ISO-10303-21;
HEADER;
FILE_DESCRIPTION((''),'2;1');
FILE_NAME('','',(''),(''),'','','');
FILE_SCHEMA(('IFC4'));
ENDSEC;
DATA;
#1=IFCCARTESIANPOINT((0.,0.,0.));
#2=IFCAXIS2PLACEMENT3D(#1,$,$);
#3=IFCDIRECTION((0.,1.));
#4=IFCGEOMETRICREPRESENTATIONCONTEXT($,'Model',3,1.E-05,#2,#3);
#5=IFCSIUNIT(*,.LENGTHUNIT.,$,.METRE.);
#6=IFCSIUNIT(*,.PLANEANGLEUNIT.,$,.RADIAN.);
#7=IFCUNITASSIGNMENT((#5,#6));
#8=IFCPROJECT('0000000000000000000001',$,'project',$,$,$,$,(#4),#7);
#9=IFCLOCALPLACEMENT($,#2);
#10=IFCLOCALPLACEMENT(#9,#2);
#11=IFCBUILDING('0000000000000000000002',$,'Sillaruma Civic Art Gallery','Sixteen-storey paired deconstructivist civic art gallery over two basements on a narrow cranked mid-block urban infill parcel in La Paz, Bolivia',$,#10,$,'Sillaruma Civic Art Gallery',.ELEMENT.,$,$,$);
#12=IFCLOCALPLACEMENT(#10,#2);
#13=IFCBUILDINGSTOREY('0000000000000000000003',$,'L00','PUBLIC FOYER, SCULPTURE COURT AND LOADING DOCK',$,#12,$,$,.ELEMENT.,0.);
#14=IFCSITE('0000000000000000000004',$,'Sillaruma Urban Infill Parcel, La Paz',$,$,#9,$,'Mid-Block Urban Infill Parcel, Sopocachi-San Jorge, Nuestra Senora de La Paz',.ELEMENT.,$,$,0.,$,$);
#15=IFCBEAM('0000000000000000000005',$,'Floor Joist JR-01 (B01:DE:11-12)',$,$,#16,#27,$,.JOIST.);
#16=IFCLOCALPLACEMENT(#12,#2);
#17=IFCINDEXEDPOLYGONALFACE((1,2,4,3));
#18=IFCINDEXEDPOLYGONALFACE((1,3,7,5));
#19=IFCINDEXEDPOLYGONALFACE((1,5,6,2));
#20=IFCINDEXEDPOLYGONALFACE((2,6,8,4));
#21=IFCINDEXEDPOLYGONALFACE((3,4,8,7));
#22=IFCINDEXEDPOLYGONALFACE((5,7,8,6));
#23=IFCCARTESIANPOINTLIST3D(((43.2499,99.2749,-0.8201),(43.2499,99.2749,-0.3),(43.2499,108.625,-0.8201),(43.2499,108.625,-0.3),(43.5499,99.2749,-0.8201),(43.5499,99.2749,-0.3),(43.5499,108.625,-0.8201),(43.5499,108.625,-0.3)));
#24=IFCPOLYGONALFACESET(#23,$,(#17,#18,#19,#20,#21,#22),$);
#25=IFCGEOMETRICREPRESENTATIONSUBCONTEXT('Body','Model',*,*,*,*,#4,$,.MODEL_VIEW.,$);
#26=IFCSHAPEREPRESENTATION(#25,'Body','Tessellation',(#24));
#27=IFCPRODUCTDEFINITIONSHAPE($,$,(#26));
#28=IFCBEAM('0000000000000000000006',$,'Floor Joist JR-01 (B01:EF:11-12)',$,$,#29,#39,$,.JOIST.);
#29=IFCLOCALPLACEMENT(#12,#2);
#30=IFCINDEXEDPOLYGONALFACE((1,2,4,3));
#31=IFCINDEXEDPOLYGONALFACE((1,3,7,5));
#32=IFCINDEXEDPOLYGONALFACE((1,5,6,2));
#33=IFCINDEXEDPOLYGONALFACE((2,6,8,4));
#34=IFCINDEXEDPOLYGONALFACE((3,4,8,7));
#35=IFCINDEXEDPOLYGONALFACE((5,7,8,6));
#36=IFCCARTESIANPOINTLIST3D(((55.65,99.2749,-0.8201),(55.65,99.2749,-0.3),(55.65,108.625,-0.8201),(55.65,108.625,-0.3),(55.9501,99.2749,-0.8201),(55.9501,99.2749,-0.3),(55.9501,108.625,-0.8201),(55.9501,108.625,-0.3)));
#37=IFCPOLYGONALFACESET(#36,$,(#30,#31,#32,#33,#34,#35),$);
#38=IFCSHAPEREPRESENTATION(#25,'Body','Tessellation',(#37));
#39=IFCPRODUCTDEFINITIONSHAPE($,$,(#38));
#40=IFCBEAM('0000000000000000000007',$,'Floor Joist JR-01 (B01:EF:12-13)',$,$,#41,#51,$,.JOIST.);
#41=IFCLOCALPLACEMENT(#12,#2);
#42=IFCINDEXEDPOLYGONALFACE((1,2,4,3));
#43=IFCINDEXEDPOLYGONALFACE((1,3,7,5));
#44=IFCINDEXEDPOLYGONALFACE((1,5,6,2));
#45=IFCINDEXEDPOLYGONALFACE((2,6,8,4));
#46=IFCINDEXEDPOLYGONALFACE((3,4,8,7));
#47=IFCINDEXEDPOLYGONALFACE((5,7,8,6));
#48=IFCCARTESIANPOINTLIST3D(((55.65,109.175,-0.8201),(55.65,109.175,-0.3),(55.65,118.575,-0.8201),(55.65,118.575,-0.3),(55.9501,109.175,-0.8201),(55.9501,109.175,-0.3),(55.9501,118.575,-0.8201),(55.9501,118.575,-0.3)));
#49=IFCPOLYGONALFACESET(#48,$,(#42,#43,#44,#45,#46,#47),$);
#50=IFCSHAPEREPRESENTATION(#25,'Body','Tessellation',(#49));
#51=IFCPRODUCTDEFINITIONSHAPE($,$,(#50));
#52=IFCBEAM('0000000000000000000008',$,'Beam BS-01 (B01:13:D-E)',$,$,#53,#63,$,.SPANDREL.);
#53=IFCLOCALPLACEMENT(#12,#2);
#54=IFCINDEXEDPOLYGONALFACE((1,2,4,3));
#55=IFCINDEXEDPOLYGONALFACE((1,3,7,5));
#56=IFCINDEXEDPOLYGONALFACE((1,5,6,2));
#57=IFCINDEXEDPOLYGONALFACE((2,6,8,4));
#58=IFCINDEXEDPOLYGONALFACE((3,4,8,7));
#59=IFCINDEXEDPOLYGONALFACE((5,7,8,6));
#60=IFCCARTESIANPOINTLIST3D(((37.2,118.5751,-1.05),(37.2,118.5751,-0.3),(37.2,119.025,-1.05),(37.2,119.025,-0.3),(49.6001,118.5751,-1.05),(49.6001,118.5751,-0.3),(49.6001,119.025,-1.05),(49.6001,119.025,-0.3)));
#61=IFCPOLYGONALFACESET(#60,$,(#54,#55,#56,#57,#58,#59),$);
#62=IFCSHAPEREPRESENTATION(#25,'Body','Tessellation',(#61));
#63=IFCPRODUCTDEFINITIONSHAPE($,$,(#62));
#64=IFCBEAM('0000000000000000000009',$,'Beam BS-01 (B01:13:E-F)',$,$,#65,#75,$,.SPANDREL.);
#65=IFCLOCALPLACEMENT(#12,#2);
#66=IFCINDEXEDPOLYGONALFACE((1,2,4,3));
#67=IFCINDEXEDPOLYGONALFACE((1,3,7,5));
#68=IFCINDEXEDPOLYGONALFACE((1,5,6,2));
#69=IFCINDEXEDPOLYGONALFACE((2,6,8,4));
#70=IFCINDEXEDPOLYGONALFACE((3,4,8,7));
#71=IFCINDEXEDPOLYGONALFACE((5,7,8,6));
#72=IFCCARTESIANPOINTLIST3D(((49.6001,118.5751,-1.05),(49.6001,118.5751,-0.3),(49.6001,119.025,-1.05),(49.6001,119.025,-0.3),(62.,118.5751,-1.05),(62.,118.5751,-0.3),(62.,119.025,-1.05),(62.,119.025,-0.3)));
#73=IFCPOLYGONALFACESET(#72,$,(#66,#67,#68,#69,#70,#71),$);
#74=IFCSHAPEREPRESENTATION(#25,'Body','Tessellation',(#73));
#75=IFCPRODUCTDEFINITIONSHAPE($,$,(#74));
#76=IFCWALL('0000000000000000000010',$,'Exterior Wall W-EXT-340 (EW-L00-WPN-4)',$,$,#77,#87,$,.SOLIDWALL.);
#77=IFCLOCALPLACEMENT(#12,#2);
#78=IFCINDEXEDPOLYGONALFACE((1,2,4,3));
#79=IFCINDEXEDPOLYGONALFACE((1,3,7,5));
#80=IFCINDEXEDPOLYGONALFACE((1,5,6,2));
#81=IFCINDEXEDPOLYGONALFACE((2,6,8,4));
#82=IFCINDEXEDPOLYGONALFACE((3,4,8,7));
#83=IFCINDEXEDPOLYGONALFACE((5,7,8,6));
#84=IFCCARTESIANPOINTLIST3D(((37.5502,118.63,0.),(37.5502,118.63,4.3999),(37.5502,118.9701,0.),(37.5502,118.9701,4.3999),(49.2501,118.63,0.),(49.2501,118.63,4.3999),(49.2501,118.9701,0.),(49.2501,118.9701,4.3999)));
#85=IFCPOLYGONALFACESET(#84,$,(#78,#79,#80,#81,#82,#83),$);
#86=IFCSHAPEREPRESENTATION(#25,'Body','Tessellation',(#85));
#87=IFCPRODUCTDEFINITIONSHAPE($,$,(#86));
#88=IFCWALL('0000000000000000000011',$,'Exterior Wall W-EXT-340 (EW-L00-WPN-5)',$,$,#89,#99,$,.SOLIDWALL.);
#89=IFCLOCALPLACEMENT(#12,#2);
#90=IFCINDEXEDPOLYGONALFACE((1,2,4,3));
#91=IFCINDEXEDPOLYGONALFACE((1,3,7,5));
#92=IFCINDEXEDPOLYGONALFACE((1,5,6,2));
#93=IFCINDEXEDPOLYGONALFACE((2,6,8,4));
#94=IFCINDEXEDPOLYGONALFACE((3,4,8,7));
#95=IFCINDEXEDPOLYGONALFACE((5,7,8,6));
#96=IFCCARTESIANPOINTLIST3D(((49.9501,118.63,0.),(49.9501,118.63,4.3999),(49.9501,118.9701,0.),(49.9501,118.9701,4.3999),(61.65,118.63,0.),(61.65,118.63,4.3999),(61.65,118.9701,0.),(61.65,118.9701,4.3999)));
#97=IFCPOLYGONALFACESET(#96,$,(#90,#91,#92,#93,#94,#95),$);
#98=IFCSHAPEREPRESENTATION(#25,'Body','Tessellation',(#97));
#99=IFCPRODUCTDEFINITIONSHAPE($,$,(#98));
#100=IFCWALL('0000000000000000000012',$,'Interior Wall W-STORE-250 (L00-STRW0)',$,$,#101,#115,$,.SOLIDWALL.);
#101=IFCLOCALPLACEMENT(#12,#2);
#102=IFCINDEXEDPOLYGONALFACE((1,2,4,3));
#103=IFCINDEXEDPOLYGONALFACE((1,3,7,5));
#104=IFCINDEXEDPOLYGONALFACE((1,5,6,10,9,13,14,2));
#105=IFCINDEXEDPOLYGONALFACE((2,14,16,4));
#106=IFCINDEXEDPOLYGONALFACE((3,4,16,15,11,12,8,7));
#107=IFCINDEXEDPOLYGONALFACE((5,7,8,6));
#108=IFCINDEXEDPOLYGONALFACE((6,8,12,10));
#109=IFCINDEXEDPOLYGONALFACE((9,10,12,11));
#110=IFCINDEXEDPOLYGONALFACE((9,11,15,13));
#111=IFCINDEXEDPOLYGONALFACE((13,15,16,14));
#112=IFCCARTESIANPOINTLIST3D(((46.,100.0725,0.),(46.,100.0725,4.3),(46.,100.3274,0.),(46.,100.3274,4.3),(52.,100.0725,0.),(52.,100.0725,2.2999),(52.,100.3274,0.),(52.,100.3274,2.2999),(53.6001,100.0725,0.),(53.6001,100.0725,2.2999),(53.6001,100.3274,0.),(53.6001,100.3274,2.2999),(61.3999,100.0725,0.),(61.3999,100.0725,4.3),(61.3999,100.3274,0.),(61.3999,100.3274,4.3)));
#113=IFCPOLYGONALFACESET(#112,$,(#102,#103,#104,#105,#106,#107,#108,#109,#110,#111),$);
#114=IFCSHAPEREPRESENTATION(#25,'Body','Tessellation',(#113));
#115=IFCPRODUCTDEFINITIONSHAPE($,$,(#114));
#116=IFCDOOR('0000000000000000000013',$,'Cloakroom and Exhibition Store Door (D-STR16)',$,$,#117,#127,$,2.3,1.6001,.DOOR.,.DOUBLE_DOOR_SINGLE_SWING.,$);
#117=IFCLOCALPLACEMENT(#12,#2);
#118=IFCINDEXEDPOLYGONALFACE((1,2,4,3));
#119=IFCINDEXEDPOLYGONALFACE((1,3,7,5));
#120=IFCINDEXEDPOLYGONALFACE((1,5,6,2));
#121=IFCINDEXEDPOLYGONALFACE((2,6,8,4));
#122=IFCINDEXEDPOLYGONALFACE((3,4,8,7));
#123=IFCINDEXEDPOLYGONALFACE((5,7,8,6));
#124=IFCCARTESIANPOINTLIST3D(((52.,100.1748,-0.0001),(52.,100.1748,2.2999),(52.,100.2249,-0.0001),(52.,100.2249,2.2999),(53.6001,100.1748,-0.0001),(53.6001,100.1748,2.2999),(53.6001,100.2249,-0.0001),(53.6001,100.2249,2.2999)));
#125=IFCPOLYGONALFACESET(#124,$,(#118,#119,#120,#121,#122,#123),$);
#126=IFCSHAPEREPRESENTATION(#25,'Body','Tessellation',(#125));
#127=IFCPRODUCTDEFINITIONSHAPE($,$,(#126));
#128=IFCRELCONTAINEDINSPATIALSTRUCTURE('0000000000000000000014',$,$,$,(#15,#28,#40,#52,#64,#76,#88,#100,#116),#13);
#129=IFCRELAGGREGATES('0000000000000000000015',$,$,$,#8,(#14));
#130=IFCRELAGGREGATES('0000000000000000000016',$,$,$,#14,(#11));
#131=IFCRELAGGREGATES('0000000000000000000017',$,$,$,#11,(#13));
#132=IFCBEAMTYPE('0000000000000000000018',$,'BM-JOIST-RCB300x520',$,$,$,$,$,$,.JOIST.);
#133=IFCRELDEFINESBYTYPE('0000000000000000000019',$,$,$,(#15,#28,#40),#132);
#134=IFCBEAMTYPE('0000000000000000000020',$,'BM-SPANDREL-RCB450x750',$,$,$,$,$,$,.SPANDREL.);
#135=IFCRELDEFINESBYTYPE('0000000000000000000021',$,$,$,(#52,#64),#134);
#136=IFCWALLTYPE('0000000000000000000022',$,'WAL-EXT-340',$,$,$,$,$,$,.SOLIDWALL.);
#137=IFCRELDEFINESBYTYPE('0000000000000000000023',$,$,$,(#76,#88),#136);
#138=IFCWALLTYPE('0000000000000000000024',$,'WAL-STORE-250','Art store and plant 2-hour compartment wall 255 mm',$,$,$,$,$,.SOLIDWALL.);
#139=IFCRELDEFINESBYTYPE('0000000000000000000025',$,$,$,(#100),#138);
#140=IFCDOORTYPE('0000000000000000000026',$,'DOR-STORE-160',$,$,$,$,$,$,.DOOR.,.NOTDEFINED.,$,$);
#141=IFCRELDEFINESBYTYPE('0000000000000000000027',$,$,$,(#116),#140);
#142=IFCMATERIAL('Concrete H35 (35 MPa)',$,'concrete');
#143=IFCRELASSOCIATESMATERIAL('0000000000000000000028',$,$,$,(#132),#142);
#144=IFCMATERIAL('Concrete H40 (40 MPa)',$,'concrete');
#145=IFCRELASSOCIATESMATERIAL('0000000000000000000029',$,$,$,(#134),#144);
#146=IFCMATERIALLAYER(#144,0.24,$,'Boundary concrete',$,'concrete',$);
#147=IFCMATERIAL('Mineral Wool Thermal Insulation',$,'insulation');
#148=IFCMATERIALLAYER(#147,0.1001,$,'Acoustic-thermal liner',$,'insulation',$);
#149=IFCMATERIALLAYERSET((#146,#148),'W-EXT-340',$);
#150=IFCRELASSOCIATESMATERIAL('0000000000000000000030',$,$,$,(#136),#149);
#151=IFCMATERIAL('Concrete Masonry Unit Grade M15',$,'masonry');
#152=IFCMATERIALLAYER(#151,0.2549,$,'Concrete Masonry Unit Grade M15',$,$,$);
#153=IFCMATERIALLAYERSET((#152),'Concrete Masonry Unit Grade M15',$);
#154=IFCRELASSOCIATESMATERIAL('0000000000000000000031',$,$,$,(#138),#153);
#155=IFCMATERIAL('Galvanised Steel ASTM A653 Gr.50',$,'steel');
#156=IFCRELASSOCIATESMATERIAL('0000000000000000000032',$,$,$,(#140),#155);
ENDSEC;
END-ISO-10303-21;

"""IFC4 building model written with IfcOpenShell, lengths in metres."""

from ifc_helpers import new_model, si_unit, direction, frame, frame_2d, origin, origin_2d, place, context, subcontext, project, spatial, rectangle, extrude, material, layer, layer_set, material_profile, profile_set, type_object, element, fill, save


model = new_model("IFC4")

# Units and contexts
model_context = context("Model", 3, precision=1e-05, world=origin(), true_north=direction((0.0, 1.0)))
body_context = subcontext(model_context, "Body", "Model", "MODEL_VIEW")
ifc_project = project(units=[si_unit("LENGTHUNIT", "METRE"), si_unit("PLANEANGLEUNIT", "RADIAN")], contexts=[model_context])

# Site, building, storey
site_placement = place(None, origin())
site = spatial("IfcSite", under=ifc_project, at=site_placement, Name="Sillaruma Urban Infill Parcel, La Paz", LongName="Mid-Block Urban Infill Parcel, Sopocachi-San Jorge, Nuestra Senora de La Paz", CompositionType="ELEMENT", RefElevation=0.0)
building_placement = place(site_placement, origin())
building = spatial("IfcBuilding", under=site, at=building_placement, Name="Sillaruma Civic Art Gallery", Description="Sixteen-storey paired deconstructivist civic art gallery over two basements on a narrow cranked mid-block urban infill parcel in La Paz, Bolivia", LongName="Sillaruma Civic Art Gallery", CompositionType="ELEMENT")
storey_placement = place(building_placement, origin())
storey = spatial("IfcBuildingStorey", under=building, at=storey_placement, Name="L00", Description="PUBLIC FOYER, SCULPTURE COURT AND LOADING DOCK", CompositionType="ELEMENT", Elevation=0.0)

# Shared definitions
ifc_material_1 = material(Name="Concrete H40 (40 MPa)", Category="concrete")

# Beams
ifc_material_2 = material(Name="Concrete H35 (35 MPa)", Category="concrete")
ifc_material_profile_1 = material_profile(ifc_material_2, rectangle(XDim=0.3, YDim=0.52, at=origin_2d()), Name="RCB300x520")
ifc_profile_set_1 = profile_set([ifc_material_profile_1], Name="Concrete H35 (35 MPa)")
beam_type_1 = type_object("IfcBeamType", Name="BM-JOIST-RCB300x520", PredefinedType="JOIST", material=ifc_profile_set_1)
for number, where, z_axis, x_axis, name in (
    (1, (43.3999, 99.2749, -0.5601), (0.0, 1.0, 0.0), (-1.0, 0.0, 0.0), "Floor Joist JR-01 (B01:DE:11-12)"),
    (2, (55.8, 99.2749, -0.5601), (0.0, 1.0, 0.0), (-1.0, 0.0, 0.0), "Floor Joist JR-01 (B01:EF:11-12)"),
):
    element("IfcBeam", number, at=place(storey_placement, frame(where, z_axis=z_axis, x_axis=x_axis)), inside=storey, type_object=beam_type_1, Name=name, PredefinedType="JOIST", context=body_context, shape_type="SweptSolid", body=[
        extrude(rectangle(XDim=0.3, YDim=0.52, at=origin_2d()), origin(), (0.0, 0.0, 1.0), 9.3501),
    ])
beam_1_placement = place(storey_placement, frame((55.8, 109.175, -0.5601), z_axis=(0.0, 1.0, 0.0), x_axis=(-1.0, 0.0, 0.0)))
element("IfcBeam", 3, at=beam_1_placement, inside=storey, type_object=beam_type_1, Name="Floor Joist JR-01 (B01:EF:12-13)", PredefinedType="JOIST", context=body_context, shape_type="SweptSolid", body=[
    extrude(rectangle(XDim=0.3, YDim=0.52, at=origin_2d()), origin(), (0.0, 0.0, 1.0), 9.3999),
])
ifc_material_profile_2 = material_profile(ifc_material_1, rectangle(XDim=0.45, YDim=0.75, at=origin_2d()), Name="RCB450x750")
ifc_profile_set_2 = profile_set([ifc_material_profile_2], Name="Concrete H40 (40 MPa)")
beam_type_2 = type_object("IfcBeamType", Name="BM-SPANDREL-RCB450x750", PredefinedType="SPANDREL", material=ifc_profile_set_2)
beam_2_placement = place(storey_placement, frame((37.2, 118.8, -0.675), z_axis=(1.0, 0.0, 0.0), x_axis=(0.0, 1.0, 0.0)))
element("IfcBeam", 4, at=beam_2_placement, inside=storey, type_object=beam_type_2, Name="Beam BS-01 (B01:13:D-E)", PredefinedType="SPANDREL", context=body_context, shape_type="SweptSolid", body=[
    extrude(rectangle(XDim=0.45, YDim=0.75, at=origin_2d()), origin(), (0.0, 0.0, 1.0), 12.4001),
])
beam_3_placement = place(storey_placement, frame((49.6001, 118.8, -0.675), z_axis=(1.0, 0.0, 0.0), x_axis=(0.0, 1.0, 0.0)))
element("IfcBeam", 5, at=beam_3_placement, inside=storey, type_object=beam_type_2, Name="Beam BS-01 (B01:13:E-F)", PredefinedType="SPANDREL", context=body_context, shape_type="SweptSolid", body=[
    extrude(rectangle(XDim=0.45, YDim=0.75, at=origin_2d()), origin(), (0.0, 0.0, 1.0), 12.3999),
])

# Walls
ifc_layer_1 = layer(ifc_material_1, 0.24, Name="Boundary concrete", Category="concrete")
ifc_material_3 = material(Name="Mineral Wool Thermal Insulation", Category="insulation")
ifc_layer_2 = layer(ifc_material_3, 0.1001, Name="Acoustic-thermal liner", Category="insulation")
ifc_layer_set_1 = layer_set([ifc_layer_1, ifc_layer_2], Name="W-EXT-340")
wall_type_1 = type_object("IfcWallType", Name="WAL-EXT-340", PredefinedType="SOLIDWALL", material=ifc_layer_set_1)
for number, where, z_axis, x_axis, name in (
    (6, (37.55, 118.8, 0.0), (0.0, 0.0, 1.0), (1.0, 0.0, 0.0), "Exterior Wall W-EXT-340 (EW-L00-WPN-4)"),
    (7, (49.95, 118.8, 0.0), (0.0, 0.0, 1.0), (1.0, 0.0, 0.0), "Exterior Wall W-EXT-340 (EW-L00-WPN-5)"),
):
    element("IfcWall", number, at=place(storey_placement, frame(where, z_axis=z_axis, x_axis=x_axis)), inside=storey, type_object=wall_type_1, Name=name, PredefinedType="SOLIDWALL", context=body_context, shape_type="SweptSolid", body=[
        extrude(rectangle(XDim=11.7, YDim=0.3401, at=frame_2d((5.8501, 0.0))), origin(), (0.0, 0.0, 1.0), 4.3999),
    ])

# Wall, opening, door
ifc_material_4 = material(Name="Concrete Masonry Unit Grade M15", Category="masonry")
ifc_layer_3 = layer(ifc_material_4, 0.2549, Name="Concrete Masonry Unit Grade M15")
ifc_layer_set_2 = layer_set([ifc_layer_3], Name="Concrete Masonry Unit Grade M15")
wall_type_2 = type_object("IfcWallType", Name="WAL-STORE-250", Description="Art store and plant 2-hour compartment wall 255 mm", PredefinedType="SOLIDWALL", material=ifc_layer_set_2)
wall_placement = place(storey_placement, frame((46.0, 100.2, 0.0), z_axis=(0.0, 0.0, 1.0), x_axis=(1.0, 0.0, 0.0)))
wall = element("IfcWall", 8, at=wall_placement, inside=storey, type_object=wall_type_2, Name="Interior Wall W-STORE-250 (L00-STRW0)", PredefinedType="SOLIDWALL", context=body_context, shape_type="SweptSolid", body=[
    extrude(rectangle(XDim=15.3999, YDim=0.2549, at=frame_2d((7.7, 0.0))), origin(), (0.0, 0.0, 1.0), 4.3),
])
opening_placement = place(wall_placement, frame((6.0, 0.0, 0.0)))
opening = element("IfcOpeningElement", 9, at=opening_placement, cuts=wall, PredefinedType="OPENING", context=body_context, shape_type="SweptSolid", body=[
    extrude(rectangle(XDim=1.6001, YDim=2.3, at=frame_2d((0.8, 1.1499))), frame((0.0, 0.1375, 0.0), z_axis=(0.0, -1.0, 0.0), x_axis=(1.0, 0.0, 0.0)), (0.0, 0.0, 1.0), 0.2749),
])
ifc_material_5 = material(Name="Galvanised Steel ASTM A653 Gr.50", Category="steel")
door_type = type_object("IfcDoorType", Name="DOR-STORE-160", OperationType="NOTDEFINED", PredefinedType="DOOR", material=ifc_material_5)
door_placement = place(opening_placement, origin())
door = element("IfcDoor", 10, at=door_placement, inside=storey, type_object=door_type, Name="Cloakroom and Exhibition Store Door (D-STR16)", OperationType="DOUBLE_DOOR_SINGLE_SWING", OverallHeight=2.3, OverallWidth=1.6001, PredefinedType="DOOR", context=body_context, shape_type="SweptSolid", body=[
    extrude(rectangle(XDim=1.6001, YDim=2.3, at=frame_2d((0.8, 1.1499))), frame((0.0, 0.0249, 0.0), z_axis=(0.0, -1.0, 0.0), x_axis=(1.0, 0.0, 0.0)), (0.0, 0.0, 1.0), 0.05),
])
fill(opening, door)

save(model, "model.ifc")
